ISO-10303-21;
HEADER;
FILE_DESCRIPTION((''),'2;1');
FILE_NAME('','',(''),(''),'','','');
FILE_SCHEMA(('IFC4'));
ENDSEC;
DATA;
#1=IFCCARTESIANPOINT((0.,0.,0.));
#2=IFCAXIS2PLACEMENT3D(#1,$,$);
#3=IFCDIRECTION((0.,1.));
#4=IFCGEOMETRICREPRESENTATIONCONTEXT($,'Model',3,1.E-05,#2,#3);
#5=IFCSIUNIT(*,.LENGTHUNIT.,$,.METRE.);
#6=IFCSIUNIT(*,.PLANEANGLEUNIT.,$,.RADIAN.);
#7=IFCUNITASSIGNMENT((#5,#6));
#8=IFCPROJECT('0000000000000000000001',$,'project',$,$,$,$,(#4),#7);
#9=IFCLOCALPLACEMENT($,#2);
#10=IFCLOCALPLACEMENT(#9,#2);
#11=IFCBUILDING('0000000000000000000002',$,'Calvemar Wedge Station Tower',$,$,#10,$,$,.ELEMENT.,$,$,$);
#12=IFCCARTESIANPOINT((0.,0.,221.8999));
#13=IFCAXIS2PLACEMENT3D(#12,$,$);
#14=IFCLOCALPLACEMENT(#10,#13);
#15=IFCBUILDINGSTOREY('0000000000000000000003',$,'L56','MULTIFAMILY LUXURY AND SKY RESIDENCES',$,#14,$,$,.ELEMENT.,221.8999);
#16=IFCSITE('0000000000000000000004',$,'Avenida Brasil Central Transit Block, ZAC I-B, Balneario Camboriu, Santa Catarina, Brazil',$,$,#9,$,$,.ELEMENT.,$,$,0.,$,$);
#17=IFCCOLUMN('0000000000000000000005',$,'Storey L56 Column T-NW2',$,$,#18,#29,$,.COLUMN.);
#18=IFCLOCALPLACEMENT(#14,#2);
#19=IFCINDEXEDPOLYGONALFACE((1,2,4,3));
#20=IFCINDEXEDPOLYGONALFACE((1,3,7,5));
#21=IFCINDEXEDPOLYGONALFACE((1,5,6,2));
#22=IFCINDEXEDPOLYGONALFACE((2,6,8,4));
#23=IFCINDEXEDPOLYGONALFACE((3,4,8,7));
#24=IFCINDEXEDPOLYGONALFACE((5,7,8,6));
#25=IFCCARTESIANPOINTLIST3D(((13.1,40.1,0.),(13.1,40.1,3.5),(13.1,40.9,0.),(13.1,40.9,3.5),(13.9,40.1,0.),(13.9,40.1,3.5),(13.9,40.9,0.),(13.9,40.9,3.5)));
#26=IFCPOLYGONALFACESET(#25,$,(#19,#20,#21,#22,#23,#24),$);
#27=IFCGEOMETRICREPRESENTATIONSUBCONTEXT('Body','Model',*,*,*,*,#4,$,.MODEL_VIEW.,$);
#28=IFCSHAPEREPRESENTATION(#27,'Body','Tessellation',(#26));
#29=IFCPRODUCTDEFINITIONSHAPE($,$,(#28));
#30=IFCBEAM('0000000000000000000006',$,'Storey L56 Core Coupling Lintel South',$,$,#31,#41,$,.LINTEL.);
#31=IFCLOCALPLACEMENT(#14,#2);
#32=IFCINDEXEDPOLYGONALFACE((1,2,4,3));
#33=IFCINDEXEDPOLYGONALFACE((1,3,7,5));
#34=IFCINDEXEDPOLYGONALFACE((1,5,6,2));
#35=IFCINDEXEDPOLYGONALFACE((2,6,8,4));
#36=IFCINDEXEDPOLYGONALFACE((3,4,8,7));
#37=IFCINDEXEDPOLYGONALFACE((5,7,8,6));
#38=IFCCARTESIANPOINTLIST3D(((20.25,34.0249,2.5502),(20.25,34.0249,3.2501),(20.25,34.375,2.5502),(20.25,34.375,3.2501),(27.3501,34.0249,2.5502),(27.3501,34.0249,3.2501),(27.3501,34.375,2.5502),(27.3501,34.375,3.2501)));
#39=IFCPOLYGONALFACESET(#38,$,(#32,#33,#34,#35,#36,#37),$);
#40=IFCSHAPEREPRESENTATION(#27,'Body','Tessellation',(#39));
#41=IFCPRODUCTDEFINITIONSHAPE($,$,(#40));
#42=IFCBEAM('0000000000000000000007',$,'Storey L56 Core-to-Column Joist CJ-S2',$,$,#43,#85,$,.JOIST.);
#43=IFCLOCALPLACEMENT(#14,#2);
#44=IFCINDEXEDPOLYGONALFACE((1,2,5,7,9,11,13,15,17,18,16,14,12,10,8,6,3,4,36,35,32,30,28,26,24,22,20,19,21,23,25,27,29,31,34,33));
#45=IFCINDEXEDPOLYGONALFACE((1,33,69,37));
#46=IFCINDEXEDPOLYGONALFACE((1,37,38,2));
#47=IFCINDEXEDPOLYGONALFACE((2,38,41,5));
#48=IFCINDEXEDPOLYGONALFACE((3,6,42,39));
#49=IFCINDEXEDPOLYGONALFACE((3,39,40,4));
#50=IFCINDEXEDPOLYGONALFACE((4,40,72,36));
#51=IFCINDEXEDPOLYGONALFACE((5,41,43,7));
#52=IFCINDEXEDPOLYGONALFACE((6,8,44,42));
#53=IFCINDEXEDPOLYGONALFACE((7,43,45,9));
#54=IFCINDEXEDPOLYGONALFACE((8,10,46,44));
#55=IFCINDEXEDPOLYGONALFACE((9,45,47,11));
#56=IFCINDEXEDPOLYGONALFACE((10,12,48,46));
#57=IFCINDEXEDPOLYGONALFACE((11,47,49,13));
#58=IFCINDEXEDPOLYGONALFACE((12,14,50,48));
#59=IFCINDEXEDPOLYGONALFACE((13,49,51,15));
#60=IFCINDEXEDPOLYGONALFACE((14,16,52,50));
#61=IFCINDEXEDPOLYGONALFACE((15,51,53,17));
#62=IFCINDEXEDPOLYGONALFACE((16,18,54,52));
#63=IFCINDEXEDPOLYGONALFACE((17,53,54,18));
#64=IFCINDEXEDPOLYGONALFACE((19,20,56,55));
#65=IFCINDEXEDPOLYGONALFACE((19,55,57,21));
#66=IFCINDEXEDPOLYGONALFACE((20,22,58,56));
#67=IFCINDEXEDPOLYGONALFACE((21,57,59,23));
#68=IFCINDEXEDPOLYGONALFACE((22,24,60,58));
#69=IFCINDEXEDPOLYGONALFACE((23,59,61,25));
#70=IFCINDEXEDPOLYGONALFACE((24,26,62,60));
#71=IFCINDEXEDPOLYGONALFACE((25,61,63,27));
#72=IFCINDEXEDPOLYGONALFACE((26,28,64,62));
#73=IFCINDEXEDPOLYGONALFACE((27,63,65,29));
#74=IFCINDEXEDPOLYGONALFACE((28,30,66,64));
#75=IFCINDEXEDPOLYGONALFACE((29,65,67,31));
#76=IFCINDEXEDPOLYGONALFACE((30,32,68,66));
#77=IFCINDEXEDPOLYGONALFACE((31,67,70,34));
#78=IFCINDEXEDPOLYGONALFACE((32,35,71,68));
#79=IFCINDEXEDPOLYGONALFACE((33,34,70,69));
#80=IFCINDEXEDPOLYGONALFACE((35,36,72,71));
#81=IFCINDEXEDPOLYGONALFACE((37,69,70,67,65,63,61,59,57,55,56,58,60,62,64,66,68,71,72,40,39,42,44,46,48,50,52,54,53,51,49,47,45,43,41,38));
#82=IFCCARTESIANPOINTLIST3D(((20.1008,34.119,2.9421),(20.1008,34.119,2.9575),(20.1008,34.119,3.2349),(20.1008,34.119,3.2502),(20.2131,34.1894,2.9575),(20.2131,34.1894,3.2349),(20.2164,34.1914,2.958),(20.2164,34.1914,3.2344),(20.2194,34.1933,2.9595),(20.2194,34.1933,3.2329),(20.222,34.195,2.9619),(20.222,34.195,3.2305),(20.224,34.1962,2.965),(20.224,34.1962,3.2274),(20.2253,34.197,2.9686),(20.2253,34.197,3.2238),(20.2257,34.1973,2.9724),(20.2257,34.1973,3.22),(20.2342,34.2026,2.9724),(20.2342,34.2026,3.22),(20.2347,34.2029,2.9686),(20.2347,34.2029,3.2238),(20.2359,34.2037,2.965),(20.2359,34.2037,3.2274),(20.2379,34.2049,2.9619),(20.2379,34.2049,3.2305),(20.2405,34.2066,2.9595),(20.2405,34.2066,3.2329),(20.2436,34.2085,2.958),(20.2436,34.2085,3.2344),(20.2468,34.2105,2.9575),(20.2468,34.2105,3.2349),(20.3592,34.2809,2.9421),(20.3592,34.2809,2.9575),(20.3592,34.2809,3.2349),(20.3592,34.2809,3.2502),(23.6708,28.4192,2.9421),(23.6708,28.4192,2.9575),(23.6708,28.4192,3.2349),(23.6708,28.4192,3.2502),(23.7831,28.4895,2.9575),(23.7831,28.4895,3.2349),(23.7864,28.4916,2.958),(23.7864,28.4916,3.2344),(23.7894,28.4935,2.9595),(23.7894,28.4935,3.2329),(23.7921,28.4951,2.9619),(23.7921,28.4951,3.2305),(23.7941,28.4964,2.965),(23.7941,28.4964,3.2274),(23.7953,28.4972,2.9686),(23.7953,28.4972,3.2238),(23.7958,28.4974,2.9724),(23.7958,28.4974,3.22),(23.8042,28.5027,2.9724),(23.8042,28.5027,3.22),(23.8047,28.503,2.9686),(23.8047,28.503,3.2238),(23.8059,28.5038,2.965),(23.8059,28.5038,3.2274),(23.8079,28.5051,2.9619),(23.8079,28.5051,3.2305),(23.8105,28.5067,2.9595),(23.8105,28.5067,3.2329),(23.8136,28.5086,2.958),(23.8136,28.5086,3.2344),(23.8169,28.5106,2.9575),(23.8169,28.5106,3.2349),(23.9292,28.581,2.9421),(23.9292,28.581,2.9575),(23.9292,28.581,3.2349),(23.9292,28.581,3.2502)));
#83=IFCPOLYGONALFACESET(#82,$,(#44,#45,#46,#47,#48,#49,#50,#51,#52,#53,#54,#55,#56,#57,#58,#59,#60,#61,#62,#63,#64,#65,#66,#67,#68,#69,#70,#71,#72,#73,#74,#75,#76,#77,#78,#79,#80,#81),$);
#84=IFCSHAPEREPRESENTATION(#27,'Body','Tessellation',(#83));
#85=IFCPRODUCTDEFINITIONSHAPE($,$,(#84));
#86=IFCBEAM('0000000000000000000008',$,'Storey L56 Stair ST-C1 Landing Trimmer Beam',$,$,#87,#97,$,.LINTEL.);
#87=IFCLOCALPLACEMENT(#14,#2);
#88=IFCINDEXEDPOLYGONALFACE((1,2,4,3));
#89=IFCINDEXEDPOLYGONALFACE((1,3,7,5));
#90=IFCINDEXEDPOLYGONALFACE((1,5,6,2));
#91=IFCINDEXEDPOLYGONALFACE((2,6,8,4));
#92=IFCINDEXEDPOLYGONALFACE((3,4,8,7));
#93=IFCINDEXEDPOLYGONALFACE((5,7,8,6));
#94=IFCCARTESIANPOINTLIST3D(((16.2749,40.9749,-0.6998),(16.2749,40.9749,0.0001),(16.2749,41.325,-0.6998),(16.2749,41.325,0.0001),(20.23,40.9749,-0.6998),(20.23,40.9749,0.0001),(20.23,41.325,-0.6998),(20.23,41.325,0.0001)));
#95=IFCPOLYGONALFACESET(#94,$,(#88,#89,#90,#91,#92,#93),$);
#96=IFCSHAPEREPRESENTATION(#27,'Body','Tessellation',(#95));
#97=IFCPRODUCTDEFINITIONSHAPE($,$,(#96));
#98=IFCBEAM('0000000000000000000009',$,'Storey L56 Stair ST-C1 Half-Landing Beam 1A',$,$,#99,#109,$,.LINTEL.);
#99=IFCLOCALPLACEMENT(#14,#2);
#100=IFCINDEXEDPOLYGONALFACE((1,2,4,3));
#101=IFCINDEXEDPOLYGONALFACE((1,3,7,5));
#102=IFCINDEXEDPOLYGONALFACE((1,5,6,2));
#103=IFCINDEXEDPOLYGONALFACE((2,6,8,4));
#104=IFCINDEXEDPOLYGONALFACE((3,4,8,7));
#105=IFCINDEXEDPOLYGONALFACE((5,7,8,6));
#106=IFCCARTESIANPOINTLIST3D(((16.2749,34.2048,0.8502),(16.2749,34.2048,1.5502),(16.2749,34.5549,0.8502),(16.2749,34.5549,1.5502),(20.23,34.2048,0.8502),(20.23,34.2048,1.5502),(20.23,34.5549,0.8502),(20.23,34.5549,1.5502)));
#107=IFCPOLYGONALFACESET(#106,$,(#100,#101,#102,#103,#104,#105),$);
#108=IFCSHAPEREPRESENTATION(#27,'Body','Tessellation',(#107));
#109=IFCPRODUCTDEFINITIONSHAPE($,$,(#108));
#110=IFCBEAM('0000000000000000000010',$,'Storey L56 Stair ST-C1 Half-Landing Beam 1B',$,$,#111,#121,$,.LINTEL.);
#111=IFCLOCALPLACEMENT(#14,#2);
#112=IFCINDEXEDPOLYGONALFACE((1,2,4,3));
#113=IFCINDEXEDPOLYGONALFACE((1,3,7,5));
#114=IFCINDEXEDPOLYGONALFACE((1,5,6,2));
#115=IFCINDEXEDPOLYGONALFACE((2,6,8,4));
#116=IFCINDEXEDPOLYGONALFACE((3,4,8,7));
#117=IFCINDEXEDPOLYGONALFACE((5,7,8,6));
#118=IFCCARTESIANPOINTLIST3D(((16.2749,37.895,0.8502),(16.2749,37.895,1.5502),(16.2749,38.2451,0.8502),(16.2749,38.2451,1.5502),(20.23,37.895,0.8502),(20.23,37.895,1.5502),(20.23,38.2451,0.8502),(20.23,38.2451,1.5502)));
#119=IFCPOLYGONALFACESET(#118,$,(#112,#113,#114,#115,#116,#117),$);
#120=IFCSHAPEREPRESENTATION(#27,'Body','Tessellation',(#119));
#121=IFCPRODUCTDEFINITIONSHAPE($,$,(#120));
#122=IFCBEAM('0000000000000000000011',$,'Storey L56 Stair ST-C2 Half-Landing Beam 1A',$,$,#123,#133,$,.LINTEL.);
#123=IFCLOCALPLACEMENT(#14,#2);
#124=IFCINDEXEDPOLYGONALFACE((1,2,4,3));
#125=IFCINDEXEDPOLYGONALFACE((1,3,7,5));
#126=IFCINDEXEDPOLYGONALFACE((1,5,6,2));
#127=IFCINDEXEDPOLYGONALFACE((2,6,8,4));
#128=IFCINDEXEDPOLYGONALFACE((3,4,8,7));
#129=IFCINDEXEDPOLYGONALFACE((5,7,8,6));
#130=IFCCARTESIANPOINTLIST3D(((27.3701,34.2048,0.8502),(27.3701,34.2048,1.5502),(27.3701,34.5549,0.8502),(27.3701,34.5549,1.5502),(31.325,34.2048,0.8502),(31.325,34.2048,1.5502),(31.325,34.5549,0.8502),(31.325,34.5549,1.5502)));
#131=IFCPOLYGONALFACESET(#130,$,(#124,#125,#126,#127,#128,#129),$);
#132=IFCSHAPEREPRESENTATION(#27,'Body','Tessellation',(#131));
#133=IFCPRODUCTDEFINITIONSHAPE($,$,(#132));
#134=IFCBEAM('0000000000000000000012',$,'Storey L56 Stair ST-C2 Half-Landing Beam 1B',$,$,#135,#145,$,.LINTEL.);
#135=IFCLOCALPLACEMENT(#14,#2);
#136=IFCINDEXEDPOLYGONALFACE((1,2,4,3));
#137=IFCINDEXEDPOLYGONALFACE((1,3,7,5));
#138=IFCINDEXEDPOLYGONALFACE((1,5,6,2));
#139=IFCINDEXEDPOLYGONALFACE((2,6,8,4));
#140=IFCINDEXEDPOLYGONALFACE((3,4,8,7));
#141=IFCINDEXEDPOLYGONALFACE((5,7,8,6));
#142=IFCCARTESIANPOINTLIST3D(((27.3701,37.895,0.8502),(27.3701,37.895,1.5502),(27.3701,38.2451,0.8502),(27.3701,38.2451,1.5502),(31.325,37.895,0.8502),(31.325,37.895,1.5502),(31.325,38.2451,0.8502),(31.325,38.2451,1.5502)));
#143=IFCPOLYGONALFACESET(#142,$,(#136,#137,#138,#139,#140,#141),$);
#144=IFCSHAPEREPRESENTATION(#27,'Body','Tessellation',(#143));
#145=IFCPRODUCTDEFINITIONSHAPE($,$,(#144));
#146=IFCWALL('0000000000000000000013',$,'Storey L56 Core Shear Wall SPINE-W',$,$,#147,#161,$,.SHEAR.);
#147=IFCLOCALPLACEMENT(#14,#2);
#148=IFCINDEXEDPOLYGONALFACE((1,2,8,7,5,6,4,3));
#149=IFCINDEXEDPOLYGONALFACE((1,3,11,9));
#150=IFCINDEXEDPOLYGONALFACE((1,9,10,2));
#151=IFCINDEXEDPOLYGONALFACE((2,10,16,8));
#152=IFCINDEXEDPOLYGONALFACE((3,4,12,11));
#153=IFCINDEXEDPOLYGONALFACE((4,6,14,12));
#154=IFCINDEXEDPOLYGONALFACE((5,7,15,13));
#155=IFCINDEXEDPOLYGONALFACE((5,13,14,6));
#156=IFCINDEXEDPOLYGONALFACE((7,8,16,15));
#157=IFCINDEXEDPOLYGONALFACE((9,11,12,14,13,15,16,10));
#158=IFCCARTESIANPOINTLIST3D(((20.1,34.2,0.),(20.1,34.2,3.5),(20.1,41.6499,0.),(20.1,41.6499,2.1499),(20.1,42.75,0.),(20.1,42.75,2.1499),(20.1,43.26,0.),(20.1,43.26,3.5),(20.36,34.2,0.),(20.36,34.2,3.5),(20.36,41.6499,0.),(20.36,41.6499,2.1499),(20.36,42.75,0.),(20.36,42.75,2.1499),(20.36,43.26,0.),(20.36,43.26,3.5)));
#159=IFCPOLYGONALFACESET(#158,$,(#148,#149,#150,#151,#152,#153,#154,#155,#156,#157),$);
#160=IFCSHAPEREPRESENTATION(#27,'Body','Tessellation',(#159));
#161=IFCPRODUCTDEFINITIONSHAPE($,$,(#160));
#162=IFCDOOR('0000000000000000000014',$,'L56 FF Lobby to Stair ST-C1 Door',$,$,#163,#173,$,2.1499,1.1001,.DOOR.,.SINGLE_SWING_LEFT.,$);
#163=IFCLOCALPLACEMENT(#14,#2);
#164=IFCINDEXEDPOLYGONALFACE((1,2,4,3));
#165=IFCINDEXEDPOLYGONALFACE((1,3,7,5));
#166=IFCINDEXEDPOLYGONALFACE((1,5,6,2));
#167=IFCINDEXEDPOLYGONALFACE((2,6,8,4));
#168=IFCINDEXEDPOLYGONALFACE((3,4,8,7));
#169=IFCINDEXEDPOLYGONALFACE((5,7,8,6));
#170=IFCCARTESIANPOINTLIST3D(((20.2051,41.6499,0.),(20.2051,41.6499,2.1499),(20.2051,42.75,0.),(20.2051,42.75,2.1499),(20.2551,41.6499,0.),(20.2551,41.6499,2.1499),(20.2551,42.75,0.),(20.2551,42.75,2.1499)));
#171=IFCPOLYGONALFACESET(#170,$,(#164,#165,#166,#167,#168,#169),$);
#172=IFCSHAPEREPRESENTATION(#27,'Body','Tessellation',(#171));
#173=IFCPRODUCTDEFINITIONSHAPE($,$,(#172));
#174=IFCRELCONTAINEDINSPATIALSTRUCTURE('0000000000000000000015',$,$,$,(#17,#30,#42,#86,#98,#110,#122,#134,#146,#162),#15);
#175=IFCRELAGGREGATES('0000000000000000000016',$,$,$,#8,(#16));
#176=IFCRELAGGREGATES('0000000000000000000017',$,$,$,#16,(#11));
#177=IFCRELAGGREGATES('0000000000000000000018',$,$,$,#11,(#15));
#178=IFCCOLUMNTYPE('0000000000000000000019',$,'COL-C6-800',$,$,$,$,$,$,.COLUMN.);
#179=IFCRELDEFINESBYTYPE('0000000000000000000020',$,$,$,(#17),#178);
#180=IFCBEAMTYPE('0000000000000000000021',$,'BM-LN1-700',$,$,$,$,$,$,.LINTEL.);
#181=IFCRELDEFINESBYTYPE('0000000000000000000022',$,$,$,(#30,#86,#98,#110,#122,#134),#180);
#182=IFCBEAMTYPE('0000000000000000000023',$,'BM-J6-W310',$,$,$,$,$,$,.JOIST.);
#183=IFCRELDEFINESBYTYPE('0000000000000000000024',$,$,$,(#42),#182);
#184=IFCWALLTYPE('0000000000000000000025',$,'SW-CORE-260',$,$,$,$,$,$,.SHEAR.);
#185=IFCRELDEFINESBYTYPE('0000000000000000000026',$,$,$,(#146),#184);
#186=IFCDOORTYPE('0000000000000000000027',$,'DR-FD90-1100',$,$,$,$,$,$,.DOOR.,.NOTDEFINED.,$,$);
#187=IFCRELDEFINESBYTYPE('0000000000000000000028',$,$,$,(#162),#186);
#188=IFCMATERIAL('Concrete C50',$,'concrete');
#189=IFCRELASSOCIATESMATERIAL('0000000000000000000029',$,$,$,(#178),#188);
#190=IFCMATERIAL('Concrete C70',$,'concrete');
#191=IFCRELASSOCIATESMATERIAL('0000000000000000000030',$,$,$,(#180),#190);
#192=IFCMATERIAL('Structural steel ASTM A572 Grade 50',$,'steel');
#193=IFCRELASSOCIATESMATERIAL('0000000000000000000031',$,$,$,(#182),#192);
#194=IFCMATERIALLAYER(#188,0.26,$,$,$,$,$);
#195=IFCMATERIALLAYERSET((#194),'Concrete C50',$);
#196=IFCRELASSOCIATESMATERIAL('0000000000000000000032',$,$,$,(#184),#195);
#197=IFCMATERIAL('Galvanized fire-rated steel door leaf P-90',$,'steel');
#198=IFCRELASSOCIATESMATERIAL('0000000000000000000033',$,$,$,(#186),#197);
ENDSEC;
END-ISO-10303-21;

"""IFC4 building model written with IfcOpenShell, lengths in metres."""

from ifc_helpers import new_model, si_unit, direction, frame, frame_2d, origin, origin_2d, place, context, subcontext, project, spatial, rectangle, i_section, extrude, source, transform, mapped, material, layer, layer_set, material_profile, profile_set, type_object, element, fill, save


model = new_model("IFC4")

# Units and contexts
model_context = context("Model", 3, precision=1e-05, world=origin(), true_north=direction((0.0, 1.0)))
body_context = subcontext(model_context, "Body", "Model", "MODEL_VIEW")
ifc_project = project(units=[si_unit("LENGTHUNIT", "METRE"), si_unit("PLANEANGLEUNIT", "RADIAN")], contexts=[model_context])

# Site, building, storey
site_placement = place(None, origin())
site = spatial("IfcSite", under=ifc_project, at=site_placement, Name="Avenida Brasil Central Transit Block, ZAC I-B, Balneario Camboriu, Santa Catarina, Brazil", CompositionType="ELEMENT", RefElevation=0.0)
building_placement = place(site_placement, origin())
building = spatial("IfcBuilding", under=site, at=building_placement, Name="Calvemar Wedge Station Tower", CompositionType="ELEMENT")
storey_placement = place(building_placement, frame((0.0, 0.0, 221.8999)))
storey = spatial("IfcBuildingStorey", under=building, at=storey_placement, Name="L56", Description="MULTIFAMILY LUXURY AND SKY RESIDENCES", CompositionType="ELEMENT", Elevation=221.8999)

# Column
ifc_material_1 = material(Name="Concrete C50", Category="concrete")
ifc_material_profile_1 = material_profile(ifc_material_1, rectangle(XDim=0.8, YDim=0.8, at=origin_2d()), Name="RC800x800")
ifc_profile_set_1 = profile_set([ifc_material_profile_1], Name="Concrete C50")
column_type = type_object("IfcColumnType", Name="COL-C6-800", PredefinedType="COLUMN", material=ifc_profile_set_1)
shared_shape_1 = source(origin(), body_context, "Body", "SweptSolid", [
    extrude(rectangle(XDim=0.8, YDim=0.8, at=origin_2d()), origin(), (0.0, 0.0, 1.0), 3.5),
])
column_placement = place(storey_placement, frame((13.5, 40.5, 0.0), z_axis=(0.0, 0.0, 1.0), x_axis=(1.0, 0.0, 0.0)))
element("IfcColumn", 1, at=column_placement, inside=storey, type_object=column_type, Name="Storey L56 Column T-NW2", PredefinedType="COLUMN", context=body_context, shape_type="MappedRepresentation", body=[
    mapped(shared_shape_1, transform((0.0, 0.0, 0.0), scale=1.0)),
])

# Beams
ifc_material_2 = material(Name="Concrete C70", Category="concrete")
ifc_material_profile_2 = material_profile(ifc_material_2, rectangle(XDim=0.3501, YDim=0.7, at=origin_2d()), Name="RC350x700")
ifc_profile_set_2 = profile_set([ifc_material_profile_2], Name="Concrete C70")
beam_type_1 = type_object("IfcBeamType", Name="BM-LN1-700", PredefinedType="LINTEL", material=ifc_profile_set_2)
shared_shape_2 = source(origin(), body_context, "Body", "SweptSolid", [
    extrude(rectangle(XDim=0.3501, YDim=0.7, at=origin_2d()), origin(), (0.0, 0.0, 1.0), 7.1001),
])
beam_1_placement = place(storey_placement, frame((20.25, 34.2, 2.9001), z_axis=(1.0, 0.0, 0.0), x_axis=(0.0, 1.0, 0.0)))
element("IfcBeam", 2, at=beam_1_placement, inside=storey, type_object=beam_type_1, Name="Storey L56 Core Coupling Lintel South", PredefinedType="LINTEL", context=body_context, shape_type="MappedRepresentation", body=[
    mapped(shared_shape_2, transform((0.0, 0.0, 0.0), scale=1.0)),
])
ifc_material_3 = material(Name="Structural steel ASTM A572 Grade 50", Category="steel")
ifc_material_profile_3 = material_profile(ifc_material_3, i_section(OverallWidth=0.3049, OverallDepth=0.3081, WebThickness=0.01, FlangeThickness=0.0154, FilletRadius=0.0149, at=origin_2d()), Name="W310x97")
ifc_profile_set_3 = profile_set([ifc_material_profile_3], Name="Structural steel ASTM A572 Grade 50")
beam_type_2 = type_object("IfcBeamType", Name="BM-J6-W310", PredefinedType="JOIST", material=ifc_profile_set_3)
shared_shape_3 = source(origin(), body_context, "Body", "SweptSolid", [
    extrude(i_section(OverallWidth=0.3049, OverallDepth=0.3081, WebThickness=0.01, FlangeThickness=0.0154, FilletRadius=0.0149, at=origin_2d()), origin(), (0.0, 0.0, 1.0), 6.7256),
])
beam_2_placement = place(storey_placement, frame((20.23, 34.2, 3.0962), z_axis=(0.530811, -0.84749, 0.0), x_axis=(0.84749, 0.530811, 0.0)))
element("IfcBeam", 3, at=beam_2_placement, inside=storey, type_object=beam_type_2, Name="Storey L56 Core-to-Column Joist CJ-S2", PredefinedType="JOIST", context=body_context, shape_type="MappedRepresentation", body=[
    mapped(shared_shape_3, transform((0.0, 0.0, 0.0), scale=1.0)),
])
shared_shape_4 = source(origin(), body_context, "Body", "SweptSolid", [
    extrude(rectangle(XDim=0.3501, YDim=0.7, at=origin_2d()), origin(), (0.0, 0.0, 1.0), 3.9551),
])
for number, where, z_axis, x_axis, name in (
    (4, (16.2749, 41.1499, -0.3499), (1.0, 0.0, 0.0), (0.0, 1.0, 0.0), "Storey L56 Stair ST-C1 Landing Trimmer Beam"),
    (5, (16.2749, 34.3799, 1.2002), (1.0, 0.0, 0.0), (0.0, 1.0, 0.0), "Storey L56 Stair ST-C1 Half-Landing Beam 1A"),
    (6, (16.2749, 38.0701, 1.2002), (1.0, 0.0, 0.0), (0.0, 1.0, 0.0), "Storey L56 Stair ST-C1 Half-Landing Beam 1B"),
):
    element("IfcBeam", number, at=place(storey_placement, frame(where, z_axis=z_axis, x_axis=x_axis)), inside=storey, type_object=beam_type_1, Name=name, PredefinedType="LINTEL", context=body_context, shape_type="MappedRepresentation", body=[
        mapped(shared_shape_4, transform((0.0, 0.0, 0.0), scale=1.0)),
    ])
shared_shape_5 = source(origin(), body_context, "Body", "SweptSolid", [
    extrude(rectangle(XDim=0.3501, YDim=0.7, at=origin_2d()), origin(), (0.0, 0.0, 1.0), 3.9548),
])
for number, where, z_axis, x_axis, name in (
    (7, (27.3701, 34.3799, 1.2002), (1.0, 0.0, 0.0), (0.0, 1.0, 0.0), "Storey L56 Stair ST-C2 Half-Landing Beam 1A"),
    (8, (27.3701, 38.0701, 1.2002), (1.0, 0.0, 0.0), (0.0, 1.0, 0.0), "Storey L56 Stair ST-C2 Half-Landing Beam 1B"),
):
    element("IfcBeam", number, at=place(storey_placement, frame(where, z_axis=z_axis, x_axis=x_axis)), inside=storey, type_object=beam_type_1, Name=name, PredefinedType="LINTEL", context=body_context, shape_type="MappedRepresentation", body=[
        mapped(shared_shape_5, transform((0.0, 0.0, 0.0), scale=1.0)),
    ])

# Wall, opening, door
ifc_layer_1 = layer(ifc_material_1, 0.26)
ifc_layer_set_1 = layer_set([ifc_layer_1], Name="Concrete C50")
wall_type_1 = type_object("IfcWallType", Name="SW-CORE-260", PredefinedType="SHEAR", material=ifc_layer_set_1)
wall_1_placement = place(storey_placement, frame((20.23, 34.2, 0.0), z_axis=(0.0, 0.0, 1.0), x_axis=(0.0, 1.0, 0.0)))
wall_1 = element("IfcWall", 9, at=wall_1_placement, inside=storey, type_object=wall_type_1, Name="Storey L56 Core Shear Wall SPINE-W", PredefinedType="SHEAR", context=body_context, shape_type="SweptSolid", body=[
    extrude(rectangle(XDim=9.0601, YDim=0.26, at=frame_2d((4.53, 0.0))), origin(), (0.0, 0.0, 1.0), 3.5),
])
shared_shape_6 = source(origin(), body_context, "Body", "SweptSolid", [
    extrude(rectangle(XDim=1.1001, YDim=2.1499, at=frame_2d((0.55, 1.075))), frame((0.0, 0.1401, 0.0), z_axis=(0.0, -1.0, 0.0), x_axis=(1.0, 0.0, 0.0)), (0.0, 0.0, 1.0), 0.28),
])
opening_1_placement = place(wall_1_placement, frame((7.45, 0.0, 0.0)))
opening_1 = element("IfcOpeningElement", 10, at=opening_1_placement, cuts=wall_1, PredefinedType="OPENING", context=body_context, shape_type="MappedRepresentation", body=[
    mapped(shared_shape_6, transform((0.0, 0.0, 0.0), scale=1.0)),
])
ifc_material_4 = material(Name="Galvanized fire-rated steel door leaf P-90", Category="steel")
door_type_1 = type_object("IfcDoorType", Name="DR-FD90-1100", OperationType="NOTDEFINED", PredefinedType="DOOR", material=ifc_material_4)
shared_shape_7 = source(origin(), body_context, "Body", "SweptSolid", [
    extrude(rectangle(XDim=1.1001, YDim=2.1499, at=frame_2d((0.55, 1.075))), frame((0.0, 0.0249, 0.0), z_axis=(0.0, -1.0, 0.0), x_axis=(1.0, 0.0, 0.0)), (0.0, 0.0, 1.0), 0.05),
])
door_1_placement = place(opening_1_placement, origin())
door_1 = element("IfcDoor", 11, at=door_1_placement, inside=storey, type_object=door_type_1, Name="L56 FF Lobby to Stair ST-C1 Door", OperationType="SINGLE_SWING_LEFT", OverallHeight=2.1499, OverallWidth=1.1001, PredefinedType="DOOR", context=body_context, shape_type="MappedRepresentation", body=[
    mapped(shared_shape_7, transform((0.0, 0.0, 0.0), scale=1.0)),
])
fill(opening_1, door_1)

save(model, "model.ifc")
